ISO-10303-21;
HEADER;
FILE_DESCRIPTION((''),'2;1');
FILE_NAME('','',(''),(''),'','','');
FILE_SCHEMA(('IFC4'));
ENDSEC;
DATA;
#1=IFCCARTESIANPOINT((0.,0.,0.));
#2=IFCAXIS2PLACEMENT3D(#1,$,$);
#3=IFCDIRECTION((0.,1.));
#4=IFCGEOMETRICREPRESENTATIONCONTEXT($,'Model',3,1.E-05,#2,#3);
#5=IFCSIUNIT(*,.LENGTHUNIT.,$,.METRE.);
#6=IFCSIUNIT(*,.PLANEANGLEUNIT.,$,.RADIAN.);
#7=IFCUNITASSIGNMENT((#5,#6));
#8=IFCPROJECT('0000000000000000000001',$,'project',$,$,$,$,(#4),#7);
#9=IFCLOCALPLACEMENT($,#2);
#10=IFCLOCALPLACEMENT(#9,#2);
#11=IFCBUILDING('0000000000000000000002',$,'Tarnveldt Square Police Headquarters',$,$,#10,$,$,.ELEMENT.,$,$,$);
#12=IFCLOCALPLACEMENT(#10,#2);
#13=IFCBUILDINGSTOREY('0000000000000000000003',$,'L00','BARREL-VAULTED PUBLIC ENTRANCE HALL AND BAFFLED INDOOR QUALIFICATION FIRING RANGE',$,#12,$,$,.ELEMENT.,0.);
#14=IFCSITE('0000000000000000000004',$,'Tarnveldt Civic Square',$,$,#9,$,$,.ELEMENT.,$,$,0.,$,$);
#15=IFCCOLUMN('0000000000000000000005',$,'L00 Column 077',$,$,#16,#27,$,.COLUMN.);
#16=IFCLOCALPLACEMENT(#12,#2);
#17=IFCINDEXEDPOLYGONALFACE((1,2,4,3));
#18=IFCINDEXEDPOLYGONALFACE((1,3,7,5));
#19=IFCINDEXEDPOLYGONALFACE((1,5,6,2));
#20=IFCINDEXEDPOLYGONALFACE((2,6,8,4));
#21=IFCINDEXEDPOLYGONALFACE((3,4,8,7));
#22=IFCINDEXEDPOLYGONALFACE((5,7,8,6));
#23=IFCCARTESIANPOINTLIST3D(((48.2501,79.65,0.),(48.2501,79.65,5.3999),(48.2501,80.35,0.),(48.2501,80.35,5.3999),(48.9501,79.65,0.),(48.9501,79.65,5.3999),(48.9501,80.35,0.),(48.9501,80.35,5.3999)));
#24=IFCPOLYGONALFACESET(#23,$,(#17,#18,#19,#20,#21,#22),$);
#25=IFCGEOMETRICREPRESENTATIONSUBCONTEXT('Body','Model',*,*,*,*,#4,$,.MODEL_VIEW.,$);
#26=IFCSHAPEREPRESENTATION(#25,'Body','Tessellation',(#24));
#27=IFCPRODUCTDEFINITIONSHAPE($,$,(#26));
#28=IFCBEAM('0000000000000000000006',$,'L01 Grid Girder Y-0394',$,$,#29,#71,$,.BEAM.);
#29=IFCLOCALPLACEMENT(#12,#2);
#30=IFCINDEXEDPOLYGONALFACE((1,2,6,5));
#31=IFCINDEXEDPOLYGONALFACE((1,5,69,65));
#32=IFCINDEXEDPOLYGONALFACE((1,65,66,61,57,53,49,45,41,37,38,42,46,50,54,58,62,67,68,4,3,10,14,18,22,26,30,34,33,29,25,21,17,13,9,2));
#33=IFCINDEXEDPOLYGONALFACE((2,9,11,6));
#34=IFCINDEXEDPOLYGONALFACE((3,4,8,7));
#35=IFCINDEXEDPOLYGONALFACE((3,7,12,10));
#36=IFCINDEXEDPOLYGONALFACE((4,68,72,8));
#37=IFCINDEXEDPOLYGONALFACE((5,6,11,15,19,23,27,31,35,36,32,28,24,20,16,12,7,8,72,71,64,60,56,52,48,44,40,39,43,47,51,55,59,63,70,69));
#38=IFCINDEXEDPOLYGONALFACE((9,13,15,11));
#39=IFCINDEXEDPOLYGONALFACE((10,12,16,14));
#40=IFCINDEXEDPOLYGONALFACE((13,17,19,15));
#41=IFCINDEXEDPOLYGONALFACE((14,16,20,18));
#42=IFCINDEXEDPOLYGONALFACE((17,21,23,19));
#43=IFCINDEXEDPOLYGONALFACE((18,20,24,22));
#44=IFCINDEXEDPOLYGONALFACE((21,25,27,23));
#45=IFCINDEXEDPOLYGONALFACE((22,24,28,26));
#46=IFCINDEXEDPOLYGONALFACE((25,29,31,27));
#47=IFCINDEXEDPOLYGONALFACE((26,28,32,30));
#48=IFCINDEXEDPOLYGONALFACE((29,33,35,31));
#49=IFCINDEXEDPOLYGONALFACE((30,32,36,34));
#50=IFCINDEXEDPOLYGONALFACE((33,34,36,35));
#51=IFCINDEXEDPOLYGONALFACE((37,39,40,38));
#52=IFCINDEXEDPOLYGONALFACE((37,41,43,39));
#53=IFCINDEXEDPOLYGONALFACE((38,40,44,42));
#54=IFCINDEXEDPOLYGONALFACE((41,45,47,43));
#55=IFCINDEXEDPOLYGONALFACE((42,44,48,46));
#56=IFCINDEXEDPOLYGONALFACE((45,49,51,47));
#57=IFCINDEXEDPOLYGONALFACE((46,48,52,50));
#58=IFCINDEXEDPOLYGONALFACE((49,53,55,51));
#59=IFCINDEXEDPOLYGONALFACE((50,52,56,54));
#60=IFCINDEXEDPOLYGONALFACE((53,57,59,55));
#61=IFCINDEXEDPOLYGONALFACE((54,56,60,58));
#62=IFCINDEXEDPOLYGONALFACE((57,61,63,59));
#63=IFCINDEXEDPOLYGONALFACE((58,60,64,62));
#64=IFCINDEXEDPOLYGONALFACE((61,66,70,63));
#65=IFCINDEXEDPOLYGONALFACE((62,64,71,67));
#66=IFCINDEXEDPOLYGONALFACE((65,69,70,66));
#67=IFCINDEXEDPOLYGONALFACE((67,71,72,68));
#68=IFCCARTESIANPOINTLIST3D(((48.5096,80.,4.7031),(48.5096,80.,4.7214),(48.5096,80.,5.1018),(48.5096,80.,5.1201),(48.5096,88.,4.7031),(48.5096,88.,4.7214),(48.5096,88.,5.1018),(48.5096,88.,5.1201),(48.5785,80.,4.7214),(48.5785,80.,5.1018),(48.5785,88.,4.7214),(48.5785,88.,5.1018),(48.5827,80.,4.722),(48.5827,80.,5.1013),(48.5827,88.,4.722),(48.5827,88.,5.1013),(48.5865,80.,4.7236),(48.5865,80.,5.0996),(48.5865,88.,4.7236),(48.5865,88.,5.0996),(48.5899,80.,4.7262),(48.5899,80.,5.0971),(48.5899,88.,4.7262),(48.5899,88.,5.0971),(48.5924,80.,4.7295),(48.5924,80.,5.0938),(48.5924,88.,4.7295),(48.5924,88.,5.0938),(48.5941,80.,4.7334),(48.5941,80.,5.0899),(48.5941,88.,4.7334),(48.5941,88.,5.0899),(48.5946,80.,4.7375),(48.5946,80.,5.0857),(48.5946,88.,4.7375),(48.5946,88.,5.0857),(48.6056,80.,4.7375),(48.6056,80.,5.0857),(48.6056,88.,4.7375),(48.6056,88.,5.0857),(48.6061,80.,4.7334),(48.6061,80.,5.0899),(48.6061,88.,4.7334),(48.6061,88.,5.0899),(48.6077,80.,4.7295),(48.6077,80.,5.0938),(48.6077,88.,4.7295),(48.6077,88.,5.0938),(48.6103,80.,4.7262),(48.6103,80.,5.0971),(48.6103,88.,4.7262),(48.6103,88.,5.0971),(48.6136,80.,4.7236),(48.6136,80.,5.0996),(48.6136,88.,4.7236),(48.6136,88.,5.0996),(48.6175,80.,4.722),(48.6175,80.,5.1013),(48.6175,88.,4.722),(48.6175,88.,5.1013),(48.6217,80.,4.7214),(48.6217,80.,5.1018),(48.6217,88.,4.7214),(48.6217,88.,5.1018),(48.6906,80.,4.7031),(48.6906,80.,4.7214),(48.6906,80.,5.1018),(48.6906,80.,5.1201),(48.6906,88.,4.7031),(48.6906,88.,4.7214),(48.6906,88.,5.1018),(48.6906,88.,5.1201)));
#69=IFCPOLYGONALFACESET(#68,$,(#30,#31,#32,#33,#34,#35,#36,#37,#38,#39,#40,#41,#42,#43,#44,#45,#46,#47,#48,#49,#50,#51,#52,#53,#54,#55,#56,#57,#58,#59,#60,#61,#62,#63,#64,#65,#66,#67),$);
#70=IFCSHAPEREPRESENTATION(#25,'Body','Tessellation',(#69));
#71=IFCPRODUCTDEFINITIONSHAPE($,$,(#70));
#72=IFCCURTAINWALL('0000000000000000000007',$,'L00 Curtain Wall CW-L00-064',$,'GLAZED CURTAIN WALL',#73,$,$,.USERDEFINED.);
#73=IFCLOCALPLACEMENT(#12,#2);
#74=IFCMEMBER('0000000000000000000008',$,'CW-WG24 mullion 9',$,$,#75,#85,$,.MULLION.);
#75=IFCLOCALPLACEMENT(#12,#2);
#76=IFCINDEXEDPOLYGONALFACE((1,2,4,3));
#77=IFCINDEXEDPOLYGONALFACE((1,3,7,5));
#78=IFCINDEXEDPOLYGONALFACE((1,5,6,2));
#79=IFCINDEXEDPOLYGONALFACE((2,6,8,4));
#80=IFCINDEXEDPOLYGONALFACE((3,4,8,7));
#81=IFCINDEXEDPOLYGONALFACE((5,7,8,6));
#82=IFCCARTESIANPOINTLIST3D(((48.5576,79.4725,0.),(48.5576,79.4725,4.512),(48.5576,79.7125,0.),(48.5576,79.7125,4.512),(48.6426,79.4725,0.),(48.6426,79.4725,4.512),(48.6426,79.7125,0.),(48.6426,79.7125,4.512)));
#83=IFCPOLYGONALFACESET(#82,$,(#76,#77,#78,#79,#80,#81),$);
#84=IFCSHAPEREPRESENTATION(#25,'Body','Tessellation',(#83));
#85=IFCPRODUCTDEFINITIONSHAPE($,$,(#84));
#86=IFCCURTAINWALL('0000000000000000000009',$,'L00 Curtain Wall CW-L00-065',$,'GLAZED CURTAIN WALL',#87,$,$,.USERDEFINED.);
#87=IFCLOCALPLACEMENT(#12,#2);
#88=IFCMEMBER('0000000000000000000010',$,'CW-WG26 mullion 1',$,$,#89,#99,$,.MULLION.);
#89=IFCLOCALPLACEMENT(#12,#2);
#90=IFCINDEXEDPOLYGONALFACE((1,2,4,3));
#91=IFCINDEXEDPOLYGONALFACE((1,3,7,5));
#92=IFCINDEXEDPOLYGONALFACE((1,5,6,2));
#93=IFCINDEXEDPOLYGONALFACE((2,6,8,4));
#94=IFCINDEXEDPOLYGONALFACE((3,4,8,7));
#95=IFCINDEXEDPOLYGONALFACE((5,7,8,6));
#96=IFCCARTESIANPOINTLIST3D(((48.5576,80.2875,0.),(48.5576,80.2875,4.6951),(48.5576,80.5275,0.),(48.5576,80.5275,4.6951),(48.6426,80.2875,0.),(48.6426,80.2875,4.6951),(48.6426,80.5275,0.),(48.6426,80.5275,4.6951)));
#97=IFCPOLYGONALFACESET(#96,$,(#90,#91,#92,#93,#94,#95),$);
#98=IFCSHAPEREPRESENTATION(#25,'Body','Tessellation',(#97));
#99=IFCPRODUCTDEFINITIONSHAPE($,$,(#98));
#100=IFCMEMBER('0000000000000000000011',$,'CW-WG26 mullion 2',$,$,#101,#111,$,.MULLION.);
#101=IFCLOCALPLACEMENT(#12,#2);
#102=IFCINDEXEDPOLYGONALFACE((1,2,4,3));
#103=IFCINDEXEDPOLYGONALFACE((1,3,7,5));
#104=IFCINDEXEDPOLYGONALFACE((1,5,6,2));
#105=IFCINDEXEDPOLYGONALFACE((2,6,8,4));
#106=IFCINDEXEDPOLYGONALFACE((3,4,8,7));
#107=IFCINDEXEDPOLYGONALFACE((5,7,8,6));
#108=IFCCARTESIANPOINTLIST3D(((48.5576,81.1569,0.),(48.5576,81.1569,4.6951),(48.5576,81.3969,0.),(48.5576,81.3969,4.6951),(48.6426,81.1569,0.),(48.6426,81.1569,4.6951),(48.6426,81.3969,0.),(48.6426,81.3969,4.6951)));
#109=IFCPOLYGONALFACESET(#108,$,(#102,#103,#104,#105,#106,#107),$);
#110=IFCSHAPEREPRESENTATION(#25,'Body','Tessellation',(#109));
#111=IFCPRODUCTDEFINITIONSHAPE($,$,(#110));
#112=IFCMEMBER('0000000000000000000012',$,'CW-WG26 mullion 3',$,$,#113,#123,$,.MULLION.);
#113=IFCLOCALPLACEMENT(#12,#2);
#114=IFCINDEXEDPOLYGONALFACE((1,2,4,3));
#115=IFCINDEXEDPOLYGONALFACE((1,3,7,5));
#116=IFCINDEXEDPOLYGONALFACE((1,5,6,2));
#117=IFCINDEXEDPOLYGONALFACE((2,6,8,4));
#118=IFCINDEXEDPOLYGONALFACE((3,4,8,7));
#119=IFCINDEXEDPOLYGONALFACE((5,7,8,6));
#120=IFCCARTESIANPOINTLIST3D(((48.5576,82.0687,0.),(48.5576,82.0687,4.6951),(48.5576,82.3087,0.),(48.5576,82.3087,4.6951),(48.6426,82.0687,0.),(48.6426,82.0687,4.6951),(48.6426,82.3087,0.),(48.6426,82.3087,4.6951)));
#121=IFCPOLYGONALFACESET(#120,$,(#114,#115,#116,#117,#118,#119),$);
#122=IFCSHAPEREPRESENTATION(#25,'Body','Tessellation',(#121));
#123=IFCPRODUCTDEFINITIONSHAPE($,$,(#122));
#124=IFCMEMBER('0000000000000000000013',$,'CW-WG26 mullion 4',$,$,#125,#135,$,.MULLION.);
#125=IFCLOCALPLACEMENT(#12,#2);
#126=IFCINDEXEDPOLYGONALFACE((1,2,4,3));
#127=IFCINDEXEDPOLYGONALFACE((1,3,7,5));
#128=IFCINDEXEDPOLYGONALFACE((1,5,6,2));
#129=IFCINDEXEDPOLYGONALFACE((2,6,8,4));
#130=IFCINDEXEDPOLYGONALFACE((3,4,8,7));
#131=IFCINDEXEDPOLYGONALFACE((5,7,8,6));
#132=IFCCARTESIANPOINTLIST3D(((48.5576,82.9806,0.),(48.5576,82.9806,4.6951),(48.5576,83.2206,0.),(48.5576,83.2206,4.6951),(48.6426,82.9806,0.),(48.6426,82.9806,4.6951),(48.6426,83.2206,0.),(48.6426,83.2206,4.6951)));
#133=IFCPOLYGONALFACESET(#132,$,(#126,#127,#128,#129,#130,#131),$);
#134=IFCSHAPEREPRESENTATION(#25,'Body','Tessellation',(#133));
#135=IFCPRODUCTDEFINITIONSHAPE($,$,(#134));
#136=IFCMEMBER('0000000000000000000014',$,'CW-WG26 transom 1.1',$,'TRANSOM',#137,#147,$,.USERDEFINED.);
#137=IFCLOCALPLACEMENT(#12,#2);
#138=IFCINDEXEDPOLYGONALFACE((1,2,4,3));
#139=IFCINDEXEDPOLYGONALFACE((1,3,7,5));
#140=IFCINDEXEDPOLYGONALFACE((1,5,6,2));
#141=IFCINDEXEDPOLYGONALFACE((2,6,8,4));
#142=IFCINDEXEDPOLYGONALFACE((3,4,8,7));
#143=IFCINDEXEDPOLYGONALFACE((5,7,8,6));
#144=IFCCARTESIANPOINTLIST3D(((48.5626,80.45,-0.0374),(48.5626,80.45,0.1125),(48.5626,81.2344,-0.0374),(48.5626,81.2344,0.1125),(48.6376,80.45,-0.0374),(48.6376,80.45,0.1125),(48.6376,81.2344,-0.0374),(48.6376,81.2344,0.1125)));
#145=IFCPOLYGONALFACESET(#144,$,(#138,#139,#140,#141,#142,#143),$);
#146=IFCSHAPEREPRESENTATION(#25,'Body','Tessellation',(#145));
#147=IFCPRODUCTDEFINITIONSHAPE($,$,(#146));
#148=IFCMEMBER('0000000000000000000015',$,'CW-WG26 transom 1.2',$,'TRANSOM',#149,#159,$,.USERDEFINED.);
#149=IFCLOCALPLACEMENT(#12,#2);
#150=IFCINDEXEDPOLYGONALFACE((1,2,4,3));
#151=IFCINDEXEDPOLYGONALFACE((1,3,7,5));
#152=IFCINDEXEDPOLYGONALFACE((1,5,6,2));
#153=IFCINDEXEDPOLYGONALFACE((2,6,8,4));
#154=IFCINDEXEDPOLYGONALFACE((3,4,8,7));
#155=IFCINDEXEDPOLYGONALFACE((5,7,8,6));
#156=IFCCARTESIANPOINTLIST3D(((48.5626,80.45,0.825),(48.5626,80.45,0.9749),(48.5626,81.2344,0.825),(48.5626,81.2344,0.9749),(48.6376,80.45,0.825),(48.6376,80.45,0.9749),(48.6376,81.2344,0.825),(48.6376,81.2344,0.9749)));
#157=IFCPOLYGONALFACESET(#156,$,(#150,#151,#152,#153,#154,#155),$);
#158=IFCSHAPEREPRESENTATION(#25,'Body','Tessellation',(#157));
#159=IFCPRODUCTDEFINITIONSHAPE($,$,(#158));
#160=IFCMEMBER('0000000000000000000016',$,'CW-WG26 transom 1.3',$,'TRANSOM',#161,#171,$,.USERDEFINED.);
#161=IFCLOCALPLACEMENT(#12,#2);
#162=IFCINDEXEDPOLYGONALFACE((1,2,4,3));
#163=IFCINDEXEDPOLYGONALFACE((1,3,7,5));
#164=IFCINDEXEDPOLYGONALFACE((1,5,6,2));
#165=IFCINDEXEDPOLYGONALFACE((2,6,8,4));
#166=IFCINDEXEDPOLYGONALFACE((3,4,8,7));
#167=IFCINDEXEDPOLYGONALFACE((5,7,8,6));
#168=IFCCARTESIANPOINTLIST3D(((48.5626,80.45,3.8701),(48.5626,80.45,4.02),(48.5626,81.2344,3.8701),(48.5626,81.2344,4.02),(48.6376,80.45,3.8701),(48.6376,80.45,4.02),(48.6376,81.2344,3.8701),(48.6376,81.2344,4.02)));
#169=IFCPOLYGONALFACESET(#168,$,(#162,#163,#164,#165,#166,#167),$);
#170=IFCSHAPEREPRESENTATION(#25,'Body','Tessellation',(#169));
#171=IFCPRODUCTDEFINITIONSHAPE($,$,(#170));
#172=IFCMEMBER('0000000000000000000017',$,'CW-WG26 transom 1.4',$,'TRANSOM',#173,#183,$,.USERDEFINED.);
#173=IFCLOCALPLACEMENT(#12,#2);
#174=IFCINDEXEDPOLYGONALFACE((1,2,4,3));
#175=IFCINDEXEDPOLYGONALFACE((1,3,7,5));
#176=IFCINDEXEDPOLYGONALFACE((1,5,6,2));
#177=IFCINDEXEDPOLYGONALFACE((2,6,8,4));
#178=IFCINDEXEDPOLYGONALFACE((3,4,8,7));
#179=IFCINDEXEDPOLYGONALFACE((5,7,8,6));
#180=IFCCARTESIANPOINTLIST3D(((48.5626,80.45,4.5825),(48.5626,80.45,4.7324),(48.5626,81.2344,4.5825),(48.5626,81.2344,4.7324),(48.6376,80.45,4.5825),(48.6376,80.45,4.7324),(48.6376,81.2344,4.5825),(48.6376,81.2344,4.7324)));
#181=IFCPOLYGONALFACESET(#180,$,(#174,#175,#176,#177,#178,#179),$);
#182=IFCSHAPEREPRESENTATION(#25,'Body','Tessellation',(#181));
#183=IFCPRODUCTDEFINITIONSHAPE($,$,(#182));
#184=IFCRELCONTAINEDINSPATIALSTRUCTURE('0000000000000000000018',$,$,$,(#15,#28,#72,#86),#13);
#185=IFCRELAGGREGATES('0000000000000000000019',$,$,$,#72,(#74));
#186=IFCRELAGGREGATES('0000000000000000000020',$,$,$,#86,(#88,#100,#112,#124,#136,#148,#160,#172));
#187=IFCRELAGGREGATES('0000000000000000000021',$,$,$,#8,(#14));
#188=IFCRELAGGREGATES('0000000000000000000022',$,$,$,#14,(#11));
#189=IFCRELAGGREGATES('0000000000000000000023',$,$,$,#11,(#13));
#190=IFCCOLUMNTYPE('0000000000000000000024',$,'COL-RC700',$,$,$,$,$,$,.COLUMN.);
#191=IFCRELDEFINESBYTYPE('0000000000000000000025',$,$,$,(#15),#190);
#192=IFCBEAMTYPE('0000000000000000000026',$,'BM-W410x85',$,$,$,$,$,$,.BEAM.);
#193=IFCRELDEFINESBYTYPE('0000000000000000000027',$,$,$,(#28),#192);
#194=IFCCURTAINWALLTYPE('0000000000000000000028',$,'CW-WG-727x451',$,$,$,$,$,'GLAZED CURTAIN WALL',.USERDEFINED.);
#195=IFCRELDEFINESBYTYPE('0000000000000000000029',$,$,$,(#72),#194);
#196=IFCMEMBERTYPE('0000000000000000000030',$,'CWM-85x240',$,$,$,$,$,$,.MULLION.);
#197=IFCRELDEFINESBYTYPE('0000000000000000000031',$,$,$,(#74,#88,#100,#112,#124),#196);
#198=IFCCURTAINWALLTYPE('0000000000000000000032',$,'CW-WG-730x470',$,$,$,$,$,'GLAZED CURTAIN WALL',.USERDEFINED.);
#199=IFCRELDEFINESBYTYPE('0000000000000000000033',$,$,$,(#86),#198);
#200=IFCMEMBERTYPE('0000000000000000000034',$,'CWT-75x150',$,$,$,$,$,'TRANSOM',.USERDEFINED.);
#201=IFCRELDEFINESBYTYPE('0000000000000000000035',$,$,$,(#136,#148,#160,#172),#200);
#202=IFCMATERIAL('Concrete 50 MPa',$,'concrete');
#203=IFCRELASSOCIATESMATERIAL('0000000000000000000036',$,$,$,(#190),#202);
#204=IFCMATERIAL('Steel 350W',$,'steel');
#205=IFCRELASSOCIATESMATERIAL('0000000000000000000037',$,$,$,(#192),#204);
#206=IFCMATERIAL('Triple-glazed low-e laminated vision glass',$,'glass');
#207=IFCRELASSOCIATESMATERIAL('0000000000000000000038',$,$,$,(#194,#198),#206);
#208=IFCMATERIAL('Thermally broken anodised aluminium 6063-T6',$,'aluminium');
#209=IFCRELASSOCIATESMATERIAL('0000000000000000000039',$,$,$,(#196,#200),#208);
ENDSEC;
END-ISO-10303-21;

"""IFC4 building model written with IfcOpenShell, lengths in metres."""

from ifc_helpers import new_model, si_unit, direction, frame, origin, origin_2d, place, context, subcontext, project, spatial, rectangle, i_section, extrude, material, material_profile, profile_set, type_object, element, aggregate, save


model = new_model("IFC4")

# Units and contexts
model_context = context("Model", 3, precision=1e-05, world=origin(), true_north=direction((0.0, 1.0)))
body_context = subcontext(model_context, "Body", "Model", "MODEL_VIEW")
ifc_project = project(units=[si_unit("LENGTHUNIT", "METRE"), si_unit("PLANEANGLEUNIT", "RADIAN")], contexts=[model_context])

# Site, building, storey
site_placement = place(None, origin())
site = spatial("IfcSite", under=ifc_project, at=site_placement, Name="Tarnveldt Civic Square", CompositionType="ELEMENT", RefElevation=0.0)
building_placement = place(site_placement, origin())
building = spatial("IfcBuilding", under=site, at=building_placement, Name="Tarnveldt Square Police Headquarters", CompositionType="ELEMENT")
storey_placement = place(building_placement, origin())
storey = spatial("IfcBuildingStorey", under=building, at=storey_placement, Name="L00", Description="BARREL-VAULTED PUBLIC ENTRANCE HALL AND BAFFLED INDOOR QUALIFICATION FIRING RANGE", CompositionType="ELEMENT", Elevation=0.0)

# Column
ifc_material_1 = material(Name="Concrete 50 MPa", Category="concrete")
ifc_material_profile_1 = material_profile(ifc_material_1, rectangle(XDim=0.7, YDim=0.7, at=origin_2d()), Name="RC-C700x700")
ifc_profile_set_1 = profile_set([ifc_material_profile_1], Name="Concrete 50 MPa")
column_type = type_object("IfcColumnType", Name="COL-RC700", PredefinedType="COLUMN", material=ifc_profile_set_1)
column_placement = place(storey_placement, frame((48.6001, 80.0, 0.0), z_axis=(0.0, 0.0, 1.0), x_axis=(1.0, 0.0, 0.0)))
element("IfcColumn", 1, at=column_placement, inside=storey, type_object=column_type, Name="L00 Column 077", PredefinedType="COLUMN", context=body_context, shape_type="SweptSolid", body=[
    extrude(rectangle(XDim=0.7, YDim=0.7, at=origin_2d()), origin(), (0.0, 0.0, 1.0), 5.3999),
])

# Beam
ifc_material_2 = material(Name="Steel 350W", Category="steel")
ifc_material_profile_2 = material_profile(ifc_material_2, i_section(OverallWidth=0.1809, OverallDepth=0.417, WebThickness=0.011, FlangeThickness=0.0183, FilletRadius=0.0161, at=origin_2d()), Name="W410x85")
ifc_profile_set_2 = profile_set([ifc_material_profile_2], Name="Steel 350W")
beam_type = type_object("IfcBeamType", Name="BM-W410x85", PredefinedType="BEAM", material=ifc_profile_set_2)
beam_placement = place(storey_placement, frame((48.6001, 80.0, 4.9116), z_axis=(0.0, 1.0, 0.0), x_axis=(-1.0, 0.0, 0.0)))
element("IfcBeam", 2, at=beam_placement, inside=storey, type_object=beam_type, Name="L01 Grid Girder Y-0394", PredefinedType="BEAM", context=body_context, shape_type="SweptSolid", body=[
    extrude(i_section(OverallWidth=0.1809, OverallDepth=0.417, WebThickness=0.011, FlangeThickness=0.0183, FilletRadius=0.0161, at=origin_2d()), origin(), (0.0, 0.0, 1.0), 8.0),
])

# Curtain wall, member
ifc_material_3 = material(Name="Triple-glazed low-e laminated vision glass", Category="glass")
curtain_wall_type_1 = type_object("IfcCurtainWallType", Name="CW-WG-727x451", ElementType="GLAZED CURTAIN WALL", PredefinedType="USERDEFINED", material=ifc_material_3)
curtain_wall_1_placement = place(storey_placement, origin())
curtain_wall_1 = element("IfcCurtainWall", 3, at=curtain_wall_1_placement, inside=storey, type_object=curtain_wall_type_1, Name="L00 Curtain Wall CW-L00-064", ObjectType="GLAZED CURTAIN WALL", PredefinedType="USERDEFINED")
ifc_material_4 = material(Name="Thermally broken anodised aluminium 6063-T6", Category="aluminium")
ifc_material_profile_3 = material_profile(ifc_material_4, rectangle(XDim=0.085, YDim=0.24, at=origin_2d()), Name="CW-M85x240")
ifc_profile_set_3 = profile_set([ifc_material_profile_3], Name="Thermally broken anodised aluminium 6063-T6")
member_type_1 = type_object("IfcMemberType", Name="CWM-85x240", PredefinedType="MULLION", material=ifc_profile_set_3)
member_1_placement = place(storey_placement, frame((48.6001, 79.5925, 0.0), z_axis=(0.0, 0.0, 1.0), x_axis=(-1.0, 0.0, 0.0)))
member_1 = element("IfcMember", 4, at=member_1_placement, type_object=member_type_1, Name="CW-WG24 mullion 9", PredefinedType="MULLION", context=body_context, shape_type="SweptSolid", body=[
    extrude(rectangle(XDim=0.085, YDim=0.24, at=origin_2d()), origin(), (0.0, 0.0, 1.0), 4.512),
])
aggregate(curtain_wall_1, [member_1])

# Curtain wall, members
curtain_wall_type_2 = type_object("IfcCurtainWallType", Name="CW-WG-730x470", ElementType="GLAZED CURTAIN WALL", PredefinedType="USERDEFINED", material=ifc_material_3)
curtain_wall_2_placement = place(storey_placement, origin())
curtain_wall_2 = element("IfcCurtainWall", 5, at=curtain_wall_2_placement, inside=storey, type_object=curtain_wall_type_2, Name="L00 Curtain Wall CW-L00-065", ObjectType="GLAZED CURTAIN WALL", PredefinedType="USERDEFINED")
member_2_placement = place(storey_placement, frame((48.6001, 80.4075, 0.0), z_axis=(0.0, 0.0, 1.0), x_axis=(-1.0, 0.0, 0.0)))
member_2 = element("IfcMember", 6, at=member_2_placement, type_object=member_type_1, Name="CW-WG26 mullion 1", PredefinedType="MULLION", context=body_context, shape_type="SweptSolid", body=[
    extrude(rectangle(XDim=0.085, YDim=0.24, at=origin_2d()), origin(), (0.0, 0.0, 1.0), 4.6951),
])
member_3_placement = place(storey_placement, frame((48.6001, 81.2769, 0.0), z_axis=(0.0, 0.0, 1.0), x_axis=(-1.0, 0.0, 0.0)))
member_3 = element("IfcMember", 7, at=member_3_placement, type_object=member_type_1, Name="CW-WG26 mullion 2", PredefinedType="MULLION", context=body_context, shape_type="SweptSolid", body=[
    extrude(rectangle(XDim=0.085, YDim=0.24, at=origin_2d()), origin(), (0.0, 0.0, 1.0), 4.6951),
])
member_4_placement = place(storey_placement, frame((48.6001, 82.1887, 0.0), z_axis=(0.0, 0.0, 1.0), x_axis=(-1.0, 0.0, 0.0)))
member_4 = element("IfcMember", 8, at=member_4_placement, type_object=member_type_1, Name="CW-WG26 mullion 3", PredefinedType="MULLION", context=body_context, shape_type="SweptSolid", body=[
    extrude(rectangle(XDim=0.085, YDim=0.24, at=origin_2d()), origin(), (0.0, 0.0, 1.0), 4.6951),
])
member_5_placement = place(storey_placement, frame((48.6001, 83.1006, 0.0), z_axis=(0.0, 0.0, 1.0), x_axis=(-1.0, 0.0, 0.0)))
member_5 = element("IfcMember", 9, at=member_5_placement, type_object=member_type_1, Name="CW-WG26 mullion 4", PredefinedType="MULLION", context=body_context, shape_type="SweptSolid", body=[
    extrude(rectangle(XDim=0.085, YDim=0.24, at=origin_2d()), origin(), (0.0, 0.0, 1.0), 4.6951),
])
ifc_material_profile_4 = material_profile(ifc_material_4, rectangle(XDim=0.075, YDim=0.1499, at=origin_2d()), Name="CW-T75x150")
ifc_profile_set_4 = profile_set([ifc_material_profile_4], Name="Thermally broken anodised aluminium 6063-T6")
member_type_2 = type_object("IfcMemberType", Name="CWT-75x150", ElementType="TRANSOM", PredefinedType="USERDEFINED", material=ifc_profile_set_4)
member_6_placement = place(storey_placement, frame((48.6001, 80.45, 0.0376), z_axis=(0.0, 1.0, 0.0), x_axis=(-1.0, 0.0, 0.0)))
member_6 = element("IfcMember", 10, at=member_6_placement, type_object=member_type_2, Name="CW-WG26 transom 1.1", ObjectType="TRANSOM", PredefinedType="USERDEFINED", context=body_context, shape_type="SweptSolid", body=[
    extrude(rectangle(XDim=0.075, YDim=0.1499, at=origin_2d()), origin(), (0.0, 0.0, 1.0), 0.7844),
])
member_7_placement = place(storey_placement, frame((48.6001, 80.45, 0.8999), z_axis=(0.0, 1.0, 0.0), x_axis=(-1.0, 0.0, 0.0)))
member_7 = element("IfcMember", 11, at=member_7_placement, type_object=member_type_2, Name="CW-WG26 transom 1.2", ObjectType="TRANSOM", PredefinedType="USERDEFINED", context=body_context, shape_type="SweptSolid", body=[
    extrude(rectangle(XDim=0.075, YDim=0.1499, at=origin_2d()), origin(), (0.0, 0.0, 1.0), 0.7844),
])
member_8_placement = place(storey_placement, frame((48.6001, 80.45, 3.9451), z_axis=(0.0, 1.0, 0.0), x_axis=(-1.0, 0.0, 0.0)))
member_8 = element("IfcMember", 12, at=member_8_placement, type_object=member_type_2, Name="CW-WG26 transom 1.3", ObjectType="TRANSOM", PredefinedType="USERDEFINED", context=body_context, shape_type="SweptSolid", body=[
    extrude(rectangle(XDim=0.075, YDim=0.1499, at=origin_2d()), origin(), (0.0, 0.0, 1.0), 0.7844),
])
member_9_placement = place(storey_placement, frame((48.6001, 80.45, 4.6575), z_axis=(0.0, 1.0, 0.0), x_axis=(-1.0, 0.0, 0.0)))
member_9 = element("IfcMember", 13, at=member_9_placement, type_object=member_type_2, Name="CW-WG26 transom 1.4", ObjectType="TRANSOM", PredefinedType="USERDEFINED", context=body_context, shape_type="SweptSolid", body=[
    extrude(rectangle(XDim=0.075, YDim=0.1499, at=origin_2d()), origin(), (0.0, 0.0, 1.0), 0.7844),
])
aggregate(curtain_wall_2, [member_2, member_3, member_4, member_5, member_6, member_7, member_8, member_9])

save(model, "model.ifc")
